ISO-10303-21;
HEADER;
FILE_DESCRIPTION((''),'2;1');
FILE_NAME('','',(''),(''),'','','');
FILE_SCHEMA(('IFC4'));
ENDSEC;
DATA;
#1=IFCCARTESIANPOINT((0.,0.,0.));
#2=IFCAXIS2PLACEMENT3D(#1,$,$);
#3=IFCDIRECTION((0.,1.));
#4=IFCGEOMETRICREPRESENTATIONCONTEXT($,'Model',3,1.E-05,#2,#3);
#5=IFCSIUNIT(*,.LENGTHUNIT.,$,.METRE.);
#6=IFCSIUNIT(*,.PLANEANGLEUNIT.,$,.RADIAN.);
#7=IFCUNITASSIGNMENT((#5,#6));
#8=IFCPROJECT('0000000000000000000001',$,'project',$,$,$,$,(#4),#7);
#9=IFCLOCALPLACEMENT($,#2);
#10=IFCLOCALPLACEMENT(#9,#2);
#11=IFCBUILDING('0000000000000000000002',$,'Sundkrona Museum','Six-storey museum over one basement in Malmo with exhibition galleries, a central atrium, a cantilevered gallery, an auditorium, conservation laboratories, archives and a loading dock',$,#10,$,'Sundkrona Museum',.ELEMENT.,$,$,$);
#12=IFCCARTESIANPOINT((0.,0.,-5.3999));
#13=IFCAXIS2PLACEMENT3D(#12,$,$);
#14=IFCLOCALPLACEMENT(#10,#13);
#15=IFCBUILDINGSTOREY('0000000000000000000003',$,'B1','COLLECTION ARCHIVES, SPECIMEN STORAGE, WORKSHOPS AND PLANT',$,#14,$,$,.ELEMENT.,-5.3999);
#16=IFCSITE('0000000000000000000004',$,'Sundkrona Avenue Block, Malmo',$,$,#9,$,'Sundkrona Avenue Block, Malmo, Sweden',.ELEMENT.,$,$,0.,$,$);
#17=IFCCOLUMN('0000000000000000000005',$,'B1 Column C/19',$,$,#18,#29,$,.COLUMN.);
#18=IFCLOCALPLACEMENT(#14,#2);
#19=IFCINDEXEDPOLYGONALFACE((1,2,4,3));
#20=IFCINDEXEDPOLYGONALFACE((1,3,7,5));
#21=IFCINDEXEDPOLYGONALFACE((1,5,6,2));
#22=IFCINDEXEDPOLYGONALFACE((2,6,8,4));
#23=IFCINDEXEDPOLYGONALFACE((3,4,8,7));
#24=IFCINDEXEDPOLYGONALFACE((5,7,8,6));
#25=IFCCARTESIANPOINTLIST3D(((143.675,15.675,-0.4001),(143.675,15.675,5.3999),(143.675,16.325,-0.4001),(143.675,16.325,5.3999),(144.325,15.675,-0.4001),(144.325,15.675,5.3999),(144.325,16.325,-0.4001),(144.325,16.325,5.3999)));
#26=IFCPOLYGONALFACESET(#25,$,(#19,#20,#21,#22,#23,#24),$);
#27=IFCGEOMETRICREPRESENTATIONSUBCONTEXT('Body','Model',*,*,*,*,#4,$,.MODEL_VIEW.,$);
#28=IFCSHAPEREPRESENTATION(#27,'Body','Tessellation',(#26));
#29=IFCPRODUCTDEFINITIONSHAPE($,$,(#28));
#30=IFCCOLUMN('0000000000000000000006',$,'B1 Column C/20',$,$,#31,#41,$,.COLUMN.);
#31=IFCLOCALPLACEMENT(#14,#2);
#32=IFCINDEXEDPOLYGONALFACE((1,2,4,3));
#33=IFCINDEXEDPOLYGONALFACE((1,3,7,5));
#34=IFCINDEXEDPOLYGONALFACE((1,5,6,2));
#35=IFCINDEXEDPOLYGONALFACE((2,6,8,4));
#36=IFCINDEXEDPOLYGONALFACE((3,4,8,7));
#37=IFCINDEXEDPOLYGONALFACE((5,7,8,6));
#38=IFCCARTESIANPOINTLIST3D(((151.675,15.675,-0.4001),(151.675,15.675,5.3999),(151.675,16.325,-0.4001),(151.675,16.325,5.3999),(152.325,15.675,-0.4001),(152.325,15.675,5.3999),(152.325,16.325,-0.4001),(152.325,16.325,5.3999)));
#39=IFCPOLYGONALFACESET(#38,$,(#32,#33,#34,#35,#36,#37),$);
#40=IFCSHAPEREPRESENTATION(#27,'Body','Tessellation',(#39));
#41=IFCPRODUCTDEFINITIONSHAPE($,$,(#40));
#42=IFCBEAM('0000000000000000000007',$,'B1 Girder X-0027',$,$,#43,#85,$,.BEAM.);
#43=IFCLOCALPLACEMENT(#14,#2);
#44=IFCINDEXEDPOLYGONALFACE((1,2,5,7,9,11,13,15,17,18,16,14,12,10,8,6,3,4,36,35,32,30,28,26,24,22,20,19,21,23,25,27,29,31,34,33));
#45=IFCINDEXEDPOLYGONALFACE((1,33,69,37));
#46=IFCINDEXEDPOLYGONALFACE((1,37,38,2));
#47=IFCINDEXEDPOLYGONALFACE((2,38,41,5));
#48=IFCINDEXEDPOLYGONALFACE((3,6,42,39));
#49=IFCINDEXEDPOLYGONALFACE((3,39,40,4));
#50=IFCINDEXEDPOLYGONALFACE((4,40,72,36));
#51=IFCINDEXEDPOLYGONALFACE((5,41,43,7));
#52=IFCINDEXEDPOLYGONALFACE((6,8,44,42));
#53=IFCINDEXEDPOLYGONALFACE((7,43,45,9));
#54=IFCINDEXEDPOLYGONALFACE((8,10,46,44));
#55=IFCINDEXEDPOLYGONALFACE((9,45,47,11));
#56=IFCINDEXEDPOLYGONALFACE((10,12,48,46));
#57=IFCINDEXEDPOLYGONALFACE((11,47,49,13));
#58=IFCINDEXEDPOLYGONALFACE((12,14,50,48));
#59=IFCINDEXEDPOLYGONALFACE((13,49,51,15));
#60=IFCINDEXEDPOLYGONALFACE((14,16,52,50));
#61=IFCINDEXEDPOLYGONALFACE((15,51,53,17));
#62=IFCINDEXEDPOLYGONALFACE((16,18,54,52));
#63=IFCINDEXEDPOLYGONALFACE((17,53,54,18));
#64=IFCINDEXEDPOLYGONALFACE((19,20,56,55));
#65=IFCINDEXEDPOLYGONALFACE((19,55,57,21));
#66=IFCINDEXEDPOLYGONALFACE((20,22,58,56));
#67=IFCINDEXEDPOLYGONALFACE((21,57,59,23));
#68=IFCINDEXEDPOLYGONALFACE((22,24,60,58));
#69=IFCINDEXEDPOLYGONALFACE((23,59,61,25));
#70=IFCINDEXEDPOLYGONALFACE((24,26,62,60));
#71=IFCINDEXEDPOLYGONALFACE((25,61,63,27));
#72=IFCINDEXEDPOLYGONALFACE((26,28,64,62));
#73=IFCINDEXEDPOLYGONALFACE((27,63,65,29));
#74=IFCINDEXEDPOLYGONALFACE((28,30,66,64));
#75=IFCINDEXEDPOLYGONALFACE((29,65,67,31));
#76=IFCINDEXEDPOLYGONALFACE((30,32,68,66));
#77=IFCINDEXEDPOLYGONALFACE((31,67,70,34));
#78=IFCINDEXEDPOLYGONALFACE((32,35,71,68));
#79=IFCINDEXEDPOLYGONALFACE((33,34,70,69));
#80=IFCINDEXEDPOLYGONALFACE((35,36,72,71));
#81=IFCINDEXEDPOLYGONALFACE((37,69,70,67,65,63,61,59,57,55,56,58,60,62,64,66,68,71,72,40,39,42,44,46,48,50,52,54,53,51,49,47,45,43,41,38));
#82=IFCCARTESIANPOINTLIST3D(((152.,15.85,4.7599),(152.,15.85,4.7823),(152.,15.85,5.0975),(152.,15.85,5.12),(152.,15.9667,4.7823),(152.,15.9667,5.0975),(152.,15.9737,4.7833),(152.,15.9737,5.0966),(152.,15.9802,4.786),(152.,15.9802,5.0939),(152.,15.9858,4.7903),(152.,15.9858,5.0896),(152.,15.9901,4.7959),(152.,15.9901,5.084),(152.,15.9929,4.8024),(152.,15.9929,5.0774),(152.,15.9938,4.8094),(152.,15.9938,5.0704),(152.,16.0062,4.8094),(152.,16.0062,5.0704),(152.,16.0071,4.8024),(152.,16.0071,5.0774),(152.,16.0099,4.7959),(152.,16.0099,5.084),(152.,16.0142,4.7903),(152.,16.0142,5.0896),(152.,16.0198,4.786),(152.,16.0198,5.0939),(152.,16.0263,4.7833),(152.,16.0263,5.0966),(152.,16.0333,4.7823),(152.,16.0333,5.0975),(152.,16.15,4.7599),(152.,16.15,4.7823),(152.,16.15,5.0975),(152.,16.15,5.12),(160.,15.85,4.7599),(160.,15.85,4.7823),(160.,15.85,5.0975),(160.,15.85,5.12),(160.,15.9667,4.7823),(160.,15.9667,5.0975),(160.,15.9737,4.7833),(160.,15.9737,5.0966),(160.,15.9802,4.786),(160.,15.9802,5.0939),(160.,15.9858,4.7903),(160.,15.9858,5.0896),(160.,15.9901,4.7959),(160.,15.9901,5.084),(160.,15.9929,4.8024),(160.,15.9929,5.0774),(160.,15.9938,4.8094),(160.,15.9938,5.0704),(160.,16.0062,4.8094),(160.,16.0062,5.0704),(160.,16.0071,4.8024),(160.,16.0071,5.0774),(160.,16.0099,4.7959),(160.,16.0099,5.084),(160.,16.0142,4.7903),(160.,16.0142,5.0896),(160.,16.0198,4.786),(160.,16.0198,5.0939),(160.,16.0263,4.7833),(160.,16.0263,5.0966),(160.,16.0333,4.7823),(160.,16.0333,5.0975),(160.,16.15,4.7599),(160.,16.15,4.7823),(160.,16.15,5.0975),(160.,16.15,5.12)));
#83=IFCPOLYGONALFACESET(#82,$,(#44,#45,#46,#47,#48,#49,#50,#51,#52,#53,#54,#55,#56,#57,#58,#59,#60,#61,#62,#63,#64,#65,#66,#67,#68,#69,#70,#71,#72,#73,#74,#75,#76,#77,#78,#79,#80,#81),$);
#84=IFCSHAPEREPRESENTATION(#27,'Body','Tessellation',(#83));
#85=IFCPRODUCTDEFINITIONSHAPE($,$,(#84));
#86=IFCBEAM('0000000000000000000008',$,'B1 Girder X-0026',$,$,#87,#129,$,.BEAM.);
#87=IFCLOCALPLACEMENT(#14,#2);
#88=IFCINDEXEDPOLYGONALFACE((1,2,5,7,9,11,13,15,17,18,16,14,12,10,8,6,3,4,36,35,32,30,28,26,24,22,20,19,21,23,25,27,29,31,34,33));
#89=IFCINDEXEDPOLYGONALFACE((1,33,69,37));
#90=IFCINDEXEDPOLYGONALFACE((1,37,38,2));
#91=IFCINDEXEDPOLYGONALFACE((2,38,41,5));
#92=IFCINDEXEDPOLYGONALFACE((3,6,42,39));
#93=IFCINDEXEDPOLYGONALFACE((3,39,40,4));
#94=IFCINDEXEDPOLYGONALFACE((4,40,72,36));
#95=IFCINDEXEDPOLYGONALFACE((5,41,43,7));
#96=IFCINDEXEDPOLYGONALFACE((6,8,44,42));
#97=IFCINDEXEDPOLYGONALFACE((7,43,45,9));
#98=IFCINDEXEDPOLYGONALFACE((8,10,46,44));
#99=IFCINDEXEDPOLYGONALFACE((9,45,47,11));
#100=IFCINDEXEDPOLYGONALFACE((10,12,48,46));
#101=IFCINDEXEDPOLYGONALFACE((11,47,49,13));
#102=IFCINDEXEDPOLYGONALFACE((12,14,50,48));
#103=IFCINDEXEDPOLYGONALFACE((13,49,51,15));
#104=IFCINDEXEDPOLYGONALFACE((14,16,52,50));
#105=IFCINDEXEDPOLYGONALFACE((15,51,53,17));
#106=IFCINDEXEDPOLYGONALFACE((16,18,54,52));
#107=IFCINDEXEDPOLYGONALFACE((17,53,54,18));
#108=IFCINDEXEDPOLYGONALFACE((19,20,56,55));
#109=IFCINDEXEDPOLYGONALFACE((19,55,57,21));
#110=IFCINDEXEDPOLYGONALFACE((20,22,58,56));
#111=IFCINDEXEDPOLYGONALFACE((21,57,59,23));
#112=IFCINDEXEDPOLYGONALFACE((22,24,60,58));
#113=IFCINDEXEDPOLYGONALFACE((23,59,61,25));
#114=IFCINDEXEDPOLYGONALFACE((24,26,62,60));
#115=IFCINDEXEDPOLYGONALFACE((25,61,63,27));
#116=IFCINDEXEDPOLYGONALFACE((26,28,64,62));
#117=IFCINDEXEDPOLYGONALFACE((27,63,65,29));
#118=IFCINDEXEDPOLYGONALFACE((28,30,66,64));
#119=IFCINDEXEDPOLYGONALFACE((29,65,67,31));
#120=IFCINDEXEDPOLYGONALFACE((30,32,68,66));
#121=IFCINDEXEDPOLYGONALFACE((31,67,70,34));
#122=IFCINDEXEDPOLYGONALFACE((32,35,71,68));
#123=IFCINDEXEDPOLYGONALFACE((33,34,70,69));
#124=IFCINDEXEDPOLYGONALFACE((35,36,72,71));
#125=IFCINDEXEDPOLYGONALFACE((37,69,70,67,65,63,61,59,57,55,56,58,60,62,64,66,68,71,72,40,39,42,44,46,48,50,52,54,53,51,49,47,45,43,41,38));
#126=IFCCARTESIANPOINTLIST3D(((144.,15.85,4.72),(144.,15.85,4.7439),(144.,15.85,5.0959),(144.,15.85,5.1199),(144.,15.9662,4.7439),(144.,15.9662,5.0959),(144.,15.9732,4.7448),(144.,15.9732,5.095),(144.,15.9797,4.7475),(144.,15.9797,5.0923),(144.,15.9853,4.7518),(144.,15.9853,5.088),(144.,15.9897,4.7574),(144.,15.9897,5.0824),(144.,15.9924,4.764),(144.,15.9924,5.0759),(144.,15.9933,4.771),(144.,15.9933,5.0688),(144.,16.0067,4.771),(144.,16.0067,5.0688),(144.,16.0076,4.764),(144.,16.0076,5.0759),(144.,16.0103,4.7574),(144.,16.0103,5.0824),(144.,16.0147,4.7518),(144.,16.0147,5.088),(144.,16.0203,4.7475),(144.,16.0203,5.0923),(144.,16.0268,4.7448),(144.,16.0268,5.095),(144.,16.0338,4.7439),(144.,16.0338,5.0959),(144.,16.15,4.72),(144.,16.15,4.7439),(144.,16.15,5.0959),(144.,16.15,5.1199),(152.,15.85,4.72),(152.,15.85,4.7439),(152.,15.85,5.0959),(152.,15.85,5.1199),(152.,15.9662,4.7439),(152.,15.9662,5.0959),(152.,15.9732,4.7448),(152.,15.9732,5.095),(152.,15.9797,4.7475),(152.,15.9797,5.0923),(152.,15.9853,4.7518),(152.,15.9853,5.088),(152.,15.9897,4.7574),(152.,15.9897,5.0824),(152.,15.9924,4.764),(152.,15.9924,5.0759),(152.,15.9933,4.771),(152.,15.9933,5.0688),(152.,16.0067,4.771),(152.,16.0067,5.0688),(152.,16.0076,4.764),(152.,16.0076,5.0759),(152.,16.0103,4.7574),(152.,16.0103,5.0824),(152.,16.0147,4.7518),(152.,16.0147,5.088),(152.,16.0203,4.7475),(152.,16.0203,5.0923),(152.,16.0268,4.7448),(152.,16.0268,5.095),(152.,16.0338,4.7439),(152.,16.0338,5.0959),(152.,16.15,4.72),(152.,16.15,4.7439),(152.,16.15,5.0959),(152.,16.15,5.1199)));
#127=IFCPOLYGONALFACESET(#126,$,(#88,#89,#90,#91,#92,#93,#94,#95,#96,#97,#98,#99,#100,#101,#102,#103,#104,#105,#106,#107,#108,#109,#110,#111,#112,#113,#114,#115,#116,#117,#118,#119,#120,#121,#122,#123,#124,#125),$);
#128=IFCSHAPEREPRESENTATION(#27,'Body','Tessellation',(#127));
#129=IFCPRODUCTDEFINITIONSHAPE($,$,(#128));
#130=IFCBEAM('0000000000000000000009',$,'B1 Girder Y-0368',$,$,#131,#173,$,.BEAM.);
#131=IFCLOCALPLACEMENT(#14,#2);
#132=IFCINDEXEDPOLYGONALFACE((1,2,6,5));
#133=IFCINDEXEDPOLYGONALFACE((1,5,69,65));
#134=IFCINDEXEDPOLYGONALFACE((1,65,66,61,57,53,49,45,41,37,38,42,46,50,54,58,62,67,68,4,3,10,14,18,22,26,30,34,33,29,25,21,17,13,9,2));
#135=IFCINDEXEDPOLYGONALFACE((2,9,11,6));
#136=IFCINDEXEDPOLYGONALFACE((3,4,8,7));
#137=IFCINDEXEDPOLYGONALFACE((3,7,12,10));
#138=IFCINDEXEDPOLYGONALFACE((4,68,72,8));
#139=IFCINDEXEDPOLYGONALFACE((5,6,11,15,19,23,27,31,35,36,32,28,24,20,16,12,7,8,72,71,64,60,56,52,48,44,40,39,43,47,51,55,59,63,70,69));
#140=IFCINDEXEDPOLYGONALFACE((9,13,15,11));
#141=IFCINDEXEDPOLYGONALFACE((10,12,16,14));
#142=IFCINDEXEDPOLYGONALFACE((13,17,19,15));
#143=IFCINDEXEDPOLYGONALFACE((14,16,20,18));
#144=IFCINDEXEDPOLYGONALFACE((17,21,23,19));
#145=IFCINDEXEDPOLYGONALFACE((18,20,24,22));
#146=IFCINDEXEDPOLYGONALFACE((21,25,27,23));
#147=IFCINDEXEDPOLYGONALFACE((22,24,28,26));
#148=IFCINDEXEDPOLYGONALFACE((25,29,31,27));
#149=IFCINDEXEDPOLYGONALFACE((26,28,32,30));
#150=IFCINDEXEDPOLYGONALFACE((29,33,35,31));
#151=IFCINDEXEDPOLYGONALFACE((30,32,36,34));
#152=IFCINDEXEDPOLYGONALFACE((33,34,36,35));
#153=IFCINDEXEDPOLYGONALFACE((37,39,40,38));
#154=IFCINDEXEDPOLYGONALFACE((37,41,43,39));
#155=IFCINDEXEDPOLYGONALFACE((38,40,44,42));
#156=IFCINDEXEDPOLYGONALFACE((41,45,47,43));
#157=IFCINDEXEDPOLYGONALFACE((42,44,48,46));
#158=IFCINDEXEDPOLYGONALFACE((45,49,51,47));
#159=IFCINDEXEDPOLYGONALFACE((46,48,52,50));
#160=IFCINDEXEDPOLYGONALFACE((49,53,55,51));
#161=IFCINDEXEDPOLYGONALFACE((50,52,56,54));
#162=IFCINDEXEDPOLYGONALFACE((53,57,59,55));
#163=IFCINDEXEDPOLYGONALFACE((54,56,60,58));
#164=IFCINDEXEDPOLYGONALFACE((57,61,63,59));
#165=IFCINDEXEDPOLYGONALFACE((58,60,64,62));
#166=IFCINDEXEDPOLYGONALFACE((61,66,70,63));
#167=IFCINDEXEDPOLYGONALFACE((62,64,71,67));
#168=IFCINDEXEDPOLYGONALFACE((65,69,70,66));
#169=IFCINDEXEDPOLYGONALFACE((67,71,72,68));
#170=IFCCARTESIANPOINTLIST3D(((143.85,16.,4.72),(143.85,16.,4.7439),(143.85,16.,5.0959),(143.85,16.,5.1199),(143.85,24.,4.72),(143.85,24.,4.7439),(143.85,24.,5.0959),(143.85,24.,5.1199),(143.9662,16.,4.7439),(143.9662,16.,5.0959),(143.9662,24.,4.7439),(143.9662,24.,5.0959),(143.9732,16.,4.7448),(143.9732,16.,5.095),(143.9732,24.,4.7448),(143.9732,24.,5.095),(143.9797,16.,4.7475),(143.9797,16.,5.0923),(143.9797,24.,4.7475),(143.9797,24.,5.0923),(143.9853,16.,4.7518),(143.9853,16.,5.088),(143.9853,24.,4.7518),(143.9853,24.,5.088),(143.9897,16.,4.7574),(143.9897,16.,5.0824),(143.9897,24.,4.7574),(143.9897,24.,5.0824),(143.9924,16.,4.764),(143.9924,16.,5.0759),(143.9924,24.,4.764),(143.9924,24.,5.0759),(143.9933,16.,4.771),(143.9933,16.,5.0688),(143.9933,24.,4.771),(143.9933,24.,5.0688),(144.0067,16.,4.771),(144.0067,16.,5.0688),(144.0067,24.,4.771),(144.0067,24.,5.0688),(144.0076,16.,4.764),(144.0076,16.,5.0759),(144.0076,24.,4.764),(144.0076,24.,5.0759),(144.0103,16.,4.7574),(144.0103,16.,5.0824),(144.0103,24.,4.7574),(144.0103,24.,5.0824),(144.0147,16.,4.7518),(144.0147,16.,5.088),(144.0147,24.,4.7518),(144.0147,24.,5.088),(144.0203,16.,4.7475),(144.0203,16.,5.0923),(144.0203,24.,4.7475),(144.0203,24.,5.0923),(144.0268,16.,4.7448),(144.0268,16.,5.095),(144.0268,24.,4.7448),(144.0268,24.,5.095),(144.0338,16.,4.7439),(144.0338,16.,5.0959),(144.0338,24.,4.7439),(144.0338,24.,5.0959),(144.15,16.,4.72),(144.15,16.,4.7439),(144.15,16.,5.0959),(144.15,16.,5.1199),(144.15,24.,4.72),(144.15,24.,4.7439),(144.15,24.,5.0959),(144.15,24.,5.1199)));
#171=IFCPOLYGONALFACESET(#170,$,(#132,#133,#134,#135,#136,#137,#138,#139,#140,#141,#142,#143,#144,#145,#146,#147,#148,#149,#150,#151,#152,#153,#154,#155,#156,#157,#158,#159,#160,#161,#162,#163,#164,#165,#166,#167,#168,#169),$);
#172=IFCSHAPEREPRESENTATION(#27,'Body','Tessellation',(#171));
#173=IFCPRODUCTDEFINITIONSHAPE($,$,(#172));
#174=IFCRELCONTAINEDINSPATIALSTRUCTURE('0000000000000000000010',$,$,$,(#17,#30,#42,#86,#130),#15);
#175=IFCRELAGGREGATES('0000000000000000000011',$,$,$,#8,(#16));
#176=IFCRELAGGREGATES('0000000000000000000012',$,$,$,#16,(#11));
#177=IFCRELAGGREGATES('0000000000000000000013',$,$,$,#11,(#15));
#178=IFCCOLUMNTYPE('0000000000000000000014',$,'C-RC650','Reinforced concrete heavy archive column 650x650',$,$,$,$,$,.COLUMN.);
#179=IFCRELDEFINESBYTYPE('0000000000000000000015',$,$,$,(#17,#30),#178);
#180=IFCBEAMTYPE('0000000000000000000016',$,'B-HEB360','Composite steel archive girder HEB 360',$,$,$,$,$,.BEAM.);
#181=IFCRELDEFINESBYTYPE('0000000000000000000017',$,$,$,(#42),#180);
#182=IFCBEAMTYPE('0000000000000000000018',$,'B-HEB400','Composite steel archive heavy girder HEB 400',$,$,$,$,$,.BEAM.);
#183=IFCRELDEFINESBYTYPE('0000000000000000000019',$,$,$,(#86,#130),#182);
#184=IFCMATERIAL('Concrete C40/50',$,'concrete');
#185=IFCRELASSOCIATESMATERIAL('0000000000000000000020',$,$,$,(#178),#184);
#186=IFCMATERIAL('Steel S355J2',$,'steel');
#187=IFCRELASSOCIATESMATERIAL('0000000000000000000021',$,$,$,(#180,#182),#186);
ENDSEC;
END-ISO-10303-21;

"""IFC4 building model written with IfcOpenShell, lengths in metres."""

from ifc_helpers import new_model, si_unit, direction, frame, origin, origin_2d, place, context, subcontext, project, spatial, rectangle, i_section, extrude, material, material_profile, profile_set, type_object, element, save


model = new_model("IFC4")

# Units and contexts
model_context = context("Model", 3, precision=1e-05, world=origin(), true_north=direction((0.0, 1.0)))
body_context = subcontext(model_context, "Body", "Model", "MODEL_VIEW")
ifc_project = project(units=[si_unit("LENGTHUNIT", "METRE"), si_unit("PLANEANGLEUNIT", "RADIAN")], contexts=[model_context])

# Site, building, storey
site_placement = place(None, origin())
site = spatial("IfcSite", under=ifc_project, at=site_placement, Name="Sundkrona Avenue Block, Malmo", LongName="Sundkrona Avenue Block, Malmo, Sweden", CompositionType="ELEMENT", RefElevation=0.0)
building_placement = place(site_placement, origin())
building = spatial("IfcBuilding", under=site, at=building_placement, Name="Sundkrona Museum", Description="Six-storey museum over one basement in Malmo with exhibition galleries, a central atrium, a cantilevered gallery, an auditorium, conservation laboratories, archives and a loading dock", LongName="Sundkrona Museum", CompositionType="ELEMENT")
storey_placement = place(building_placement, frame((0.0, 0.0, -5.3999)))
storey = spatial("IfcBuildingStorey", under=building, at=storey_placement, Name="B1", Description="COLLECTION ARCHIVES, SPECIMEN STORAGE, WORKSHOPS AND PLANT", CompositionType="ELEMENT", Elevation=-5.3999)

# Shared definitions
ifc_material_1 = material(Name="Concrete C40/50", Category="concrete")

# Columns
ifc_material_profile_1 = material_profile(ifc_material_1, rectangle(XDim=0.6499, YDim=0.6499, at=origin_2d()), Name="RC 650x650")
ifc_profile_set_1 = profile_set([ifc_material_profile_1], Name="Concrete C40/50")
column_type = type_object("IfcColumnType", Name="C-RC650", Description="Reinforced concrete heavy archive column 650x650", PredefinedType="COLUMN", material=ifc_profile_set_1)
for number, where, z_axis, x_axis, name in (
    (1, (144.0, 16.0, -0.4001), (0.0, 0.0, 1.0), (1.0, 0.0, 0.0), "B1 Column C/19"),
    (2, (152.0, 16.0, -0.4001), (0.0, 0.0, 1.0), (1.0, 0.0, 0.0), "B1 Column C/20"),
):
    element("IfcColumn", number, at=place(storey_placement, frame(where, z_axis=z_axis, x_axis=x_axis)), inside=storey, type_object=column_type, Name=name, PredefinedType="COLUMN", context=body_context, shape_type="SweptSolid", body=[
        extrude(rectangle(XDim=0.6499, YDim=0.6499, at=origin_2d()), origin(), (0.0, 0.0, 1.0), 5.8),
    ])

# Beams
ifc_material_2 = material(Name="Steel S355J2", Category="steel")
ifc_material_profile_2 = material_profile(ifc_material_2, i_section(OverallWidth=0.3, OverallDepth=0.3601, WebThickness=0.0125, FlangeThickness=0.0225, FilletRadius=0.0271, at=origin_2d()), Name="HEB 360")
ifc_profile_set_2 = profile_set([ifc_material_profile_2], Name="Steel S355J2")
beam_type_1 = type_object("IfcBeamType", Name="B-HEB360", Description="Composite steel archive girder HEB 360", PredefinedType="BEAM", material=ifc_profile_set_2)
beam_1_placement = place(storey_placement, frame((152.0, 16.0, 4.9399), z_axis=(1.0, 0.0, 0.0), x_axis=(0.0, 1.0, 0.0)))
element("IfcBeam", 3, at=beam_1_placement, inside=storey, type_object=beam_type_1, Name="B1 Girder X-0027", PredefinedType="BEAM", context=body_context, shape_type="SweptSolid", body=[
    extrude(i_section(OverallWidth=0.3, OverallDepth=0.3601, WebThickness=0.0125, FlangeThickness=0.0225, FilletRadius=0.0271, at=origin_2d()), origin(), (0.0, 0.0, 1.0), 8.0),
])
ifc_material_profile_3 = material_profile(ifc_material_2, i_section(OverallWidth=0.3, OverallDepth=0.3999, WebThickness=0.0134, FlangeThickness=0.0239, FilletRadius=0.0271, at=origin_2d()), Name="HEB 400")
ifc_profile_set_3 = profile_set([ifc_material_profile_3], Name="Steel S355J2")
beam_type_2 = type_object("IfcBeamType", Name="B-HEB400", Description="Composite steel archive heavy girder HEB 400", PredefinedType="BEAM", material=ifc_profile_set_3)
for number, where, z_axis, x_axis, name in (
    (4, (144.0, 16.0, 4.9199), (1.0, 0.0, 0.0), (0.0, 1.0, 0.0), "B1 Girder X-0026"),
    (5, (144.0, 16.0, 4.9199), (0.0, 1.0, 0.0), (-1.0, 0.0, 0.0), "B1 Girder Y-0368"),
):
    element("IfcBeam", number, at=place(storey_placement, frame(where, z_axis=z_axis, x_axis=x_axis)), inside=storey, type_object=beam_type_2, Name=name, PredefinedType="BEAM", context=body_context, shape_type="SweptSolid", body=[
        extrude(i_section(OverallWidth=0.3, OverallDepth=0.3999, WebThickness=0.0134, FlangeThickness=0.0239, FilletRadius=0.0271, at=origin_2d()), origin(), (0.0, 0.0, 1.0), 8.0),
    ])

save(model, "model.ifc")
